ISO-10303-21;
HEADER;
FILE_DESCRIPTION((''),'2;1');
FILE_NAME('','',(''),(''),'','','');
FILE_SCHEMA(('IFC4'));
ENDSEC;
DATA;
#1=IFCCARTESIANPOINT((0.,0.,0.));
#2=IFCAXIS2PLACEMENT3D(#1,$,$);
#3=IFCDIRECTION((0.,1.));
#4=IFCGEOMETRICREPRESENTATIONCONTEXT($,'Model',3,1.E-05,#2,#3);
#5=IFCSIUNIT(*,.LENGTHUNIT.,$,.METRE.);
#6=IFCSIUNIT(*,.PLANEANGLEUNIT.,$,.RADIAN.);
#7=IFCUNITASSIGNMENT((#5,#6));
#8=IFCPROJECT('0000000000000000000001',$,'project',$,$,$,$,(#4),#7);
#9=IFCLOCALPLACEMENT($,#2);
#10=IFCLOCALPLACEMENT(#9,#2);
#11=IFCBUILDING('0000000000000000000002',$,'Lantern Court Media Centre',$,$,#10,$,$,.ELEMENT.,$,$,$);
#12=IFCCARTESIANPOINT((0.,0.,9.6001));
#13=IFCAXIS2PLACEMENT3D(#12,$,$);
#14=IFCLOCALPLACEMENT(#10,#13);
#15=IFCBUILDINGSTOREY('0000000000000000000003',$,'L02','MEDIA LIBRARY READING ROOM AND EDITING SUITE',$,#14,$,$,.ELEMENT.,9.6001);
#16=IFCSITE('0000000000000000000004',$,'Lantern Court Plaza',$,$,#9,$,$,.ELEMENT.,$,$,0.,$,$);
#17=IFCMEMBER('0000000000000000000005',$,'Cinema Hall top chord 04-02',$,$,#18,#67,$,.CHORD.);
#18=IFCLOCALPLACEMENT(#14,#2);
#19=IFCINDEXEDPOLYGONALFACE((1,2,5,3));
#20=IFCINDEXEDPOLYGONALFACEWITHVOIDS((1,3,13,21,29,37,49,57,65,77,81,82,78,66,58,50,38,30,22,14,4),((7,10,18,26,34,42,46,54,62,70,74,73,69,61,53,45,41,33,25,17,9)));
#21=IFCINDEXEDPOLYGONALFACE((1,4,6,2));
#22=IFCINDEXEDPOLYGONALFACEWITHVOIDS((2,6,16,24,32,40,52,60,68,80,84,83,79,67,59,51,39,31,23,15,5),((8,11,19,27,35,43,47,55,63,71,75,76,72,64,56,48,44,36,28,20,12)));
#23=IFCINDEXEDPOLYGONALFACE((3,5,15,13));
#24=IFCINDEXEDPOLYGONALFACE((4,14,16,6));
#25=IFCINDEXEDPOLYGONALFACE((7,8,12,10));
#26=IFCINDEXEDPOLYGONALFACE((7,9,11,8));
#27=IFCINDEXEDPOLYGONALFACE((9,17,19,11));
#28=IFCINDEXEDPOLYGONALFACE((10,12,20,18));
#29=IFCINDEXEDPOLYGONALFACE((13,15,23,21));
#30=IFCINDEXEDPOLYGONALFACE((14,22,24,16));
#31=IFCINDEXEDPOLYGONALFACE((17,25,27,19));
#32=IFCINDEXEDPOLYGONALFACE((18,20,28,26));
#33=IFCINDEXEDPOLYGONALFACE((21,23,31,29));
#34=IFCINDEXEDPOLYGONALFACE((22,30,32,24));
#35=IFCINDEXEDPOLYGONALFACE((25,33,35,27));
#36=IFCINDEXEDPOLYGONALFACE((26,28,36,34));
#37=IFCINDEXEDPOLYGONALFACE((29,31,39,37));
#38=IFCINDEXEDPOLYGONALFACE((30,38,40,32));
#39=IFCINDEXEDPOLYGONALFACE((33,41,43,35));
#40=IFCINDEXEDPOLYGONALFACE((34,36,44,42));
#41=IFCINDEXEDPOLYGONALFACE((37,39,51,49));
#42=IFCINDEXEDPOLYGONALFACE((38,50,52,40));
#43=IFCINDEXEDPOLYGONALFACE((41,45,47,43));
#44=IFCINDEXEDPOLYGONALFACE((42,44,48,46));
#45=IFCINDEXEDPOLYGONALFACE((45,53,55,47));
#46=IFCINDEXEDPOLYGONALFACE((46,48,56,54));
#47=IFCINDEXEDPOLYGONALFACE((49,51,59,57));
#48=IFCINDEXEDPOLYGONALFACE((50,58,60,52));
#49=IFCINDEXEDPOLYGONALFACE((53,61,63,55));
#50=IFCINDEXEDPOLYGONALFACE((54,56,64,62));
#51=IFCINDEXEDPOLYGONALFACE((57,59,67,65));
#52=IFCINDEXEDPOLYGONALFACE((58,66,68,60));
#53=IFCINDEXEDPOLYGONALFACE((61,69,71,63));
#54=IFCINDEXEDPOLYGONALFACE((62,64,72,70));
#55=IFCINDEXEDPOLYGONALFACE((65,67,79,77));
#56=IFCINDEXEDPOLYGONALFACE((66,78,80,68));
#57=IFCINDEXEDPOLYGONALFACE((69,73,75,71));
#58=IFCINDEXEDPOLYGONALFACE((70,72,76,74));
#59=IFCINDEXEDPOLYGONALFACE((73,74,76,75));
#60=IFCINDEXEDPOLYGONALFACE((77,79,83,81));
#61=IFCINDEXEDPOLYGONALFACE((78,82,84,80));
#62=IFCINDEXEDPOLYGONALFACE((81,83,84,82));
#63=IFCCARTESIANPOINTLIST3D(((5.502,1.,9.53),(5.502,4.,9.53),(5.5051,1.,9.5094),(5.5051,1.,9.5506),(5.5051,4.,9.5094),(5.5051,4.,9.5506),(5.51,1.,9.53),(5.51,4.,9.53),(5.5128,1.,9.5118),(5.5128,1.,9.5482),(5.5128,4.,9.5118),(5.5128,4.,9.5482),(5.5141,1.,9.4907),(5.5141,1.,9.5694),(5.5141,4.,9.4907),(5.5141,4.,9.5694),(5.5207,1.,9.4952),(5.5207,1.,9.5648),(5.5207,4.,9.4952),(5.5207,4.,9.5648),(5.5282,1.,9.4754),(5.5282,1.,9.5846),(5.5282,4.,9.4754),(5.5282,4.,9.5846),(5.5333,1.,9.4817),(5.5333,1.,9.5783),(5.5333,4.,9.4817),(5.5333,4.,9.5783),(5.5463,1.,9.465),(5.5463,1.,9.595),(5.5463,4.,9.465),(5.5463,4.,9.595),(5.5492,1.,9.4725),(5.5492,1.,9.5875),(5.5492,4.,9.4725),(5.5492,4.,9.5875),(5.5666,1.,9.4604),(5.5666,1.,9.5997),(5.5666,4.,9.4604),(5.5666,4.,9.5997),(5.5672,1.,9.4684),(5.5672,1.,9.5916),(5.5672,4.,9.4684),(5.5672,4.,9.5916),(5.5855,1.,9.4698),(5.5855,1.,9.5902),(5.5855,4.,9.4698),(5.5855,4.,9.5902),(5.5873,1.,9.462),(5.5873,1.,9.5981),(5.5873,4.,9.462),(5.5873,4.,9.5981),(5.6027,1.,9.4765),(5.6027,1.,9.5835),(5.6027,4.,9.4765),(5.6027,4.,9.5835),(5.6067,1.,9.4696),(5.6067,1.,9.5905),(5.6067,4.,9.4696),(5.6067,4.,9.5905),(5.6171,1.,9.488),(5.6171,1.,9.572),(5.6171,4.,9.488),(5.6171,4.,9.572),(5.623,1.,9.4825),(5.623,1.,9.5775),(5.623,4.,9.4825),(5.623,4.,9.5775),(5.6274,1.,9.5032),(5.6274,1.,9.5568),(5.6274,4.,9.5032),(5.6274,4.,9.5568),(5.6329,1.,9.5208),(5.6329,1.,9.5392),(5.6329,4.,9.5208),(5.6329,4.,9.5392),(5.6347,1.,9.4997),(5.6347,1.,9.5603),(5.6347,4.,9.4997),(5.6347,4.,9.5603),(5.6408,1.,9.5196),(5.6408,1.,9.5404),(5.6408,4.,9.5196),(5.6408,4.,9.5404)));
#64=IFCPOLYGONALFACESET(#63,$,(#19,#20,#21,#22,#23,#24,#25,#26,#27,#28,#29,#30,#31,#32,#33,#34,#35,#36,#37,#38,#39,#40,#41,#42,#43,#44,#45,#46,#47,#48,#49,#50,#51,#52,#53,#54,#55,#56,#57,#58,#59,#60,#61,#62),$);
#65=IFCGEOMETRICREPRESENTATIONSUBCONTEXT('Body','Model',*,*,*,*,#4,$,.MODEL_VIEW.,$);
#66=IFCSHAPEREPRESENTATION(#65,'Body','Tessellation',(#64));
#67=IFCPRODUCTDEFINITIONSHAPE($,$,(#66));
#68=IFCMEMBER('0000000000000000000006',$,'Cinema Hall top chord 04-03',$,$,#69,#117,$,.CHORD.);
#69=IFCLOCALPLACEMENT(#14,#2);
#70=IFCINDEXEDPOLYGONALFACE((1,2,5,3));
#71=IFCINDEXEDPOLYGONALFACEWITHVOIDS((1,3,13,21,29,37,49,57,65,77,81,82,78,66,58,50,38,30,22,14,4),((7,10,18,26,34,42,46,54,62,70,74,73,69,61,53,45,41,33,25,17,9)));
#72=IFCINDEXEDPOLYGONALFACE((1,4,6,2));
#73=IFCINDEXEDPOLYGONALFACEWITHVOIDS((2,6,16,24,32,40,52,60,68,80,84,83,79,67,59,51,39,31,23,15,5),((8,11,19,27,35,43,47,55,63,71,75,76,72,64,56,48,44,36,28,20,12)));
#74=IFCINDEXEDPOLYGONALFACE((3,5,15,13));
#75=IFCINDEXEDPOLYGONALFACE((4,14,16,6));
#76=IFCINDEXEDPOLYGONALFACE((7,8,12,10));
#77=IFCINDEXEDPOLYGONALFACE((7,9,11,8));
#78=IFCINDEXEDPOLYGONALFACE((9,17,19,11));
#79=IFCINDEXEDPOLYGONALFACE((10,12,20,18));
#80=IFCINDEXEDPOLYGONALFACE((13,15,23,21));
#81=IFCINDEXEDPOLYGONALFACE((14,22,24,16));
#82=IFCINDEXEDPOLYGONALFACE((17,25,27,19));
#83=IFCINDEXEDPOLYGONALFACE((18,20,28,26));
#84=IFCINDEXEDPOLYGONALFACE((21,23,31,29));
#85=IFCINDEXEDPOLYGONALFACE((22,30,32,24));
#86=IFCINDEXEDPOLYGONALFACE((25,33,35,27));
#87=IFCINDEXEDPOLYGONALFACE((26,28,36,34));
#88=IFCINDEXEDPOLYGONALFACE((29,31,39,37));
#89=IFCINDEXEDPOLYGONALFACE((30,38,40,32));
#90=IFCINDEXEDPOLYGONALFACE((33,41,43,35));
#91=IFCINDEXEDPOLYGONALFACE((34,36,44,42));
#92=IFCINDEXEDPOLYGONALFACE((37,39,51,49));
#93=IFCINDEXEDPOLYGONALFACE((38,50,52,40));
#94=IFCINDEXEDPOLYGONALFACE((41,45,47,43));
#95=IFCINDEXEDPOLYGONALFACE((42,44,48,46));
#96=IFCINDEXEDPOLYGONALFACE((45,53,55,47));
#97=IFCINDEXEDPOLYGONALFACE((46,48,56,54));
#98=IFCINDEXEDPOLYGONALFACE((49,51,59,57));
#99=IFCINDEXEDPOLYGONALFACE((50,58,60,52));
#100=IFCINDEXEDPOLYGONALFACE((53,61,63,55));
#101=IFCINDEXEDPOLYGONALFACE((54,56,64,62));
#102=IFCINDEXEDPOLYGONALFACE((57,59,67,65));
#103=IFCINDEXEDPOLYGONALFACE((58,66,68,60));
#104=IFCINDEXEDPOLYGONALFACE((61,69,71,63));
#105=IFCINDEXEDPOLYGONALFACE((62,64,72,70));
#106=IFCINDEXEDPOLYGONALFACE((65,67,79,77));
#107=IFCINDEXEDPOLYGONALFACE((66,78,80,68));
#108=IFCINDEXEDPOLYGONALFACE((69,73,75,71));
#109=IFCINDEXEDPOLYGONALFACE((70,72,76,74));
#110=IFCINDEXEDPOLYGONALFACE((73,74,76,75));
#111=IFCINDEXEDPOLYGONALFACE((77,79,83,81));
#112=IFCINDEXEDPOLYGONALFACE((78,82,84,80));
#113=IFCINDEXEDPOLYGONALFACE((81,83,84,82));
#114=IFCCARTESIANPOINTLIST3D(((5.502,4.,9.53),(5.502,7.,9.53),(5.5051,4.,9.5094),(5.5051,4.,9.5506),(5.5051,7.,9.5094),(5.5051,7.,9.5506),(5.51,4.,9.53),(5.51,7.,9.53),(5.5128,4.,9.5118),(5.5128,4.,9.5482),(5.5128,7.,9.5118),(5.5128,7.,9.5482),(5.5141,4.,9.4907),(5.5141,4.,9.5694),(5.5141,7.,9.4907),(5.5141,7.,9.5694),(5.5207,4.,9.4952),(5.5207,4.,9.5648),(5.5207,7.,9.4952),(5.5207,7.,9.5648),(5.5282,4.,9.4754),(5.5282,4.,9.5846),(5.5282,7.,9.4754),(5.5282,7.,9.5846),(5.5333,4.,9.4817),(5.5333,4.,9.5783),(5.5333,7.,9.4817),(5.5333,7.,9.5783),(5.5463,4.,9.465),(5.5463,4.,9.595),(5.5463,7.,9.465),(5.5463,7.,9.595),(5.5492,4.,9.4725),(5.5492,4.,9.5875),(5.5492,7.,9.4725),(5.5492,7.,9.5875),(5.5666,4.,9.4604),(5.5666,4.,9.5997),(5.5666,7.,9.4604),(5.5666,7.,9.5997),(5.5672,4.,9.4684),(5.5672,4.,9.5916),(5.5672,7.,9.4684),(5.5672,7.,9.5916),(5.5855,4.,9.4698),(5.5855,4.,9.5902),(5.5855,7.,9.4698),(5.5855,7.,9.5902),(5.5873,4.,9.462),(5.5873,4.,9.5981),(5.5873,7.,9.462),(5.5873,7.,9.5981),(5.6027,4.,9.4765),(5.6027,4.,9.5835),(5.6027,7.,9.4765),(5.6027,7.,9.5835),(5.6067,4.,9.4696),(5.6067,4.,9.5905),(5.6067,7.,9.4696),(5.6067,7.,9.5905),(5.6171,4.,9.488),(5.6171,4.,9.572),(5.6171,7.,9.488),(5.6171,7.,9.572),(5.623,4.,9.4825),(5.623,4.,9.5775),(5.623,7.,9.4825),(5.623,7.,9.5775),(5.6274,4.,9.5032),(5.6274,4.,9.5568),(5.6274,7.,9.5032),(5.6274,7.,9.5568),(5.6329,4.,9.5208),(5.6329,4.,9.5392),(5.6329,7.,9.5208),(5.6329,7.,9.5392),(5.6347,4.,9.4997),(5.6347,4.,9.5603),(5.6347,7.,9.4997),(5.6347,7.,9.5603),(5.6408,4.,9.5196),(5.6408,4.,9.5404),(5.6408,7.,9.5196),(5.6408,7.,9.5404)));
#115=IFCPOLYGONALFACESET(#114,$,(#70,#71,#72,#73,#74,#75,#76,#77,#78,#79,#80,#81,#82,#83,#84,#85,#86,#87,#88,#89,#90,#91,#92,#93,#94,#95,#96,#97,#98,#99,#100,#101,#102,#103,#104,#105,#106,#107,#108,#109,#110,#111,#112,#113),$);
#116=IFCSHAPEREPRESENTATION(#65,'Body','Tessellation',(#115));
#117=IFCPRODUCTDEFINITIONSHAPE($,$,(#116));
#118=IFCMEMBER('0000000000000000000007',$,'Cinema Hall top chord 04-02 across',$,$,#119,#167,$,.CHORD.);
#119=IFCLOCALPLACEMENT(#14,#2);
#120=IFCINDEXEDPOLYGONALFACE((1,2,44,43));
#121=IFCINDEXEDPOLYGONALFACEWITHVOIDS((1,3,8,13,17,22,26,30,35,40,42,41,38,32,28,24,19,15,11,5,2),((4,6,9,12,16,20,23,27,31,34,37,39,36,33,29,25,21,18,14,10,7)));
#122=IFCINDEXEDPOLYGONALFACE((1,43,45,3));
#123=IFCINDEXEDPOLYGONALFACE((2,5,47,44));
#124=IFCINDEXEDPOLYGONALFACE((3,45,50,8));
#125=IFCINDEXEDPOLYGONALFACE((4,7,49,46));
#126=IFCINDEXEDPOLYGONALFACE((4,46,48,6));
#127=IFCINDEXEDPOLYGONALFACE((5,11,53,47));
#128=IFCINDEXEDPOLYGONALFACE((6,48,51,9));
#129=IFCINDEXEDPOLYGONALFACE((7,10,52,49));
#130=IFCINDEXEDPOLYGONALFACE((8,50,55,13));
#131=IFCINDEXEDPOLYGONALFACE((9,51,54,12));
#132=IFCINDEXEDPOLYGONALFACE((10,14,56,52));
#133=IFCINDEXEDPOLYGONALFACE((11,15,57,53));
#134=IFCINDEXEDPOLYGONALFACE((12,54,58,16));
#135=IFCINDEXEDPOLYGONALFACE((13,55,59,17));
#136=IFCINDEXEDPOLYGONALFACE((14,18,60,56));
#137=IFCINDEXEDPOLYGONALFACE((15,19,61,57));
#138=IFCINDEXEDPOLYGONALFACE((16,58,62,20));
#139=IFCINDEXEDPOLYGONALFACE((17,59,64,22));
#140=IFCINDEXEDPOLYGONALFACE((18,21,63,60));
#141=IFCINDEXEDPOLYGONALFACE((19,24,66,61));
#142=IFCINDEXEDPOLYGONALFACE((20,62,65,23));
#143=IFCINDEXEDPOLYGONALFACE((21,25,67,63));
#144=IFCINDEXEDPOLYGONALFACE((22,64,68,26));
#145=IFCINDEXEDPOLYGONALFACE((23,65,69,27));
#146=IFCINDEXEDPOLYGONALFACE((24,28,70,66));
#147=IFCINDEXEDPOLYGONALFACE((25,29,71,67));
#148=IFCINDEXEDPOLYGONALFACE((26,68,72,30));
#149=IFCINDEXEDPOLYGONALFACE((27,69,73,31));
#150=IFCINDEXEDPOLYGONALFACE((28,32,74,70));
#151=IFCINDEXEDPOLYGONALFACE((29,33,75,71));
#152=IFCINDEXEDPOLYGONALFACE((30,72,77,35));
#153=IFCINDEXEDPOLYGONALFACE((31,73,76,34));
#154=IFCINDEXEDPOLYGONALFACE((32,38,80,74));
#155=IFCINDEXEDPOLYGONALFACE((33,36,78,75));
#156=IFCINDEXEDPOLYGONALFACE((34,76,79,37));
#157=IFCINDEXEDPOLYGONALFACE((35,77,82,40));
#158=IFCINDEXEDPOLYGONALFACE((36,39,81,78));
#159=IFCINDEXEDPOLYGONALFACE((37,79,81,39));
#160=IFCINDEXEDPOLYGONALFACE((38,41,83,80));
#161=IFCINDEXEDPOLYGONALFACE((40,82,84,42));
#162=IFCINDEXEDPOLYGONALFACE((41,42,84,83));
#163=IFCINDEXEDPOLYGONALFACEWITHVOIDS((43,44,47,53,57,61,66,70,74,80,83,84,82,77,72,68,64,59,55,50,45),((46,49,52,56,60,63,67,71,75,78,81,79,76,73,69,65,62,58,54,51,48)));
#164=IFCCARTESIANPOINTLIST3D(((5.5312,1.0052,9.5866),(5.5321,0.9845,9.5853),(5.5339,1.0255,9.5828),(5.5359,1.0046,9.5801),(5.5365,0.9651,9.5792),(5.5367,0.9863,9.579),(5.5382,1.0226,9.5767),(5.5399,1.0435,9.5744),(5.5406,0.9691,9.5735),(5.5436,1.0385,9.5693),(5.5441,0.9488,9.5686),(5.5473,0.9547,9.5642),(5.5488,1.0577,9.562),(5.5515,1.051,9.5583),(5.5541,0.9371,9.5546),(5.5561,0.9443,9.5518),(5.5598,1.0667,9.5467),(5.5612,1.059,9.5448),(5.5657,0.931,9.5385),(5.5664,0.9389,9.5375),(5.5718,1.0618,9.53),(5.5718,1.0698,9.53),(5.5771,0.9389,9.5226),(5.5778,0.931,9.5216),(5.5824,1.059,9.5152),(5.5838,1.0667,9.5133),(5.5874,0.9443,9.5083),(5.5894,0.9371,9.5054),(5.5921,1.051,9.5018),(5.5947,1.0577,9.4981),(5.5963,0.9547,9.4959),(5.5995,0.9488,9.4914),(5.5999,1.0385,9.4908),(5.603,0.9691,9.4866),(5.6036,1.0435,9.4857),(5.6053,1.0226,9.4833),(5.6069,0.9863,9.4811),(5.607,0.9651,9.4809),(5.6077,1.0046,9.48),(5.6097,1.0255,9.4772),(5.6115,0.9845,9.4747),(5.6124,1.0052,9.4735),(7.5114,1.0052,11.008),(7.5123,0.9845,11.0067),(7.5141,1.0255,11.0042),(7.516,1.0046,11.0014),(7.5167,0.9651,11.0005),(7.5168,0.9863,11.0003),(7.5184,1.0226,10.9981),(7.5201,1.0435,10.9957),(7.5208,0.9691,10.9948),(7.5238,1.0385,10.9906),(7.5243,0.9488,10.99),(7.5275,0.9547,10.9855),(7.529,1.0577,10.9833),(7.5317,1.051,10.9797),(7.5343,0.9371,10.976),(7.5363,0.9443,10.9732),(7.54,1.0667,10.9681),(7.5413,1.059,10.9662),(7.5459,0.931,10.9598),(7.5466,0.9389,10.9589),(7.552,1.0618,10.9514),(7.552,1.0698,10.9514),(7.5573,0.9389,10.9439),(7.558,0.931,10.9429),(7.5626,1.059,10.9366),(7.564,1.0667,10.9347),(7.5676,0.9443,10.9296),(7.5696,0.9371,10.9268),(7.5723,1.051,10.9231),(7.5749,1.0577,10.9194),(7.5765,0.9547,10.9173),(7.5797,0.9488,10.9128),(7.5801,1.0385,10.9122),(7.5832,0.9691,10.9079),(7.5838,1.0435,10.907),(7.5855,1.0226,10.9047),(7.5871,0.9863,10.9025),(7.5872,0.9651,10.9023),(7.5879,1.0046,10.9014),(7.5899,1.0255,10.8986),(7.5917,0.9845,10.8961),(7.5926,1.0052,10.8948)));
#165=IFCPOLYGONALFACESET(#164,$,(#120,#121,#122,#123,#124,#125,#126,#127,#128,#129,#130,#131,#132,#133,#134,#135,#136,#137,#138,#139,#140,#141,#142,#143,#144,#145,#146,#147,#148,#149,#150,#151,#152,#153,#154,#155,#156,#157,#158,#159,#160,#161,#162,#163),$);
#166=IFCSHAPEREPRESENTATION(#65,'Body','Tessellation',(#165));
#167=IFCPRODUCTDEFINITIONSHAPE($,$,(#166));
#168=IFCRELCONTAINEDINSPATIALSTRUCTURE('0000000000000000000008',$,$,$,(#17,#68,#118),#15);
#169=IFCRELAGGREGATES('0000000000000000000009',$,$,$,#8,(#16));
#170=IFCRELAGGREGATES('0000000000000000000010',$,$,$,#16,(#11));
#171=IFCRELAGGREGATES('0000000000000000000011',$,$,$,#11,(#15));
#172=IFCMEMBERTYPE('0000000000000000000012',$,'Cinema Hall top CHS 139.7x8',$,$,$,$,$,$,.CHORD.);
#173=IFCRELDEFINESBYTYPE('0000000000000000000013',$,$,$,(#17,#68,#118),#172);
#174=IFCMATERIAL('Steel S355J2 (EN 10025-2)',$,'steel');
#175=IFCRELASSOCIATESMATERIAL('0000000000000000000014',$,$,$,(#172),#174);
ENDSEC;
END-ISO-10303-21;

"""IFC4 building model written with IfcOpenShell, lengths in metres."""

from ifc_helpers import new_model, si_unit, direction, frame, origin, origin_2d, place, context, subcontext, project, spatial, hollow_circle, extrude, material, material_profile, profile_set, type_object, element, save


model = new_model("IFC4")

# Units and contexts
model_context = context("Model", 3, precision=1e-05, world=origin(), true_north=direction((0.0, 1.0)))
body_context = subcontext(model_context, "Body", "Model", "MODEL_VIEW")
ifc_project = project(units=[si_unit("LENGTHUNIT", "METRE"), si_unit("PLANEANGLEUNIT", "RADIAN")], contexts=[model_context])

# Site, building, storey
site_placement = place(None, origin())
site = spatial("IfcSite", under=ifc_project, at=site_placement, Name="Lantern Court Plaza", CompositionType="ELEMENT", RefElevation=0.0)
building_placement = place(site_placement, origin())
building = spatial("IfcBuilding", under=site, at=building_placement, Name="Lantern Court Media Centre", CompositionType="ELEMENT")
storey_placement = place(building_placement, frame((0.0, 0.0, 9.6001)))
storey = spatial("IfcBuildingStorey", under=building, at=storey_placement, Name="L02", Description="MEDIA LIBRARY READING ROOM AND EDITING SUITE", CompositionType="ELEMENT", Elevation=9.6001)

# Members
ifc_material = material(Name="Steel S355J2 (EN 10025-2)", Category="steel")
ifc_material_profile_1 = material_profile(ifc_material, hollow_circle(Radius=0.0698, WallThickness=0.0081, at=origin_2d()), Name="Cinema Hall top CHS 139.7x8")
ifc_profile_set_1 = profile_set([ifc_material_profile_1], Name="Steel S355J2 (EN 10025-2)")
member_type_1 = type_object("IfcMemberType", Name="Cinema Hall top CHS 139.7x8", PredefinedType="CHORD", material=ifc_profile_set_1)
for number, where, z_axis, x_axis, name in (
    (1, (5.5718, 1.0, 9.53), (0.0, 1.0, 0.0), (-1.0, 0.0, 0.0), "Cinema Hall top chord 04-02"),
    (2, (5.5718, 4.0, 9.53), (0.0, 1.0, 0.0), (-1.0, 0.0, 0.0), "Cinema Hall top chord 04-03"),
):
    element("IfcMember", number, at=place(storey_placement, frame(where, z_axis=z_axis, x_axis=x_axis)), inside=storey, type_object=member_type_1, Name=name, PredefinedType="CHORD", context=body_context, shape_type="SweptSolid", body=[
        extrude(hollow_circle(Radius=0.0698, WallThickness=0.0081, at=origin_2d()), origin(), (0.0, 0.0, 1.0), 3.0),
    ])
for number, where, z_axis, x_axis, name in (
    (3, (5.5718, 1.0, 9.53), (0.812385, 0.0, 0.583122), (0.0, 1.0, 0.0), "Cinema Hall top chord 04-02 across"),
):
    element("IfcMember", number, at=place(storey_placement, frame(where, z_axis=z_axis, x_axis=x_axis)), inside=storey, type_object=member_type_1, Name=name, PredefinedType="CHORD", context=body_context, shape_type="SweptSolid", body=[
        extrude(hollow_circle(Radius=0.0698, WallThickness=0.0081, at=origin_2d()), origin(), (0.0, 0.0, 1.0), 2.4375),
    ])

save(model, "model.ifc")
